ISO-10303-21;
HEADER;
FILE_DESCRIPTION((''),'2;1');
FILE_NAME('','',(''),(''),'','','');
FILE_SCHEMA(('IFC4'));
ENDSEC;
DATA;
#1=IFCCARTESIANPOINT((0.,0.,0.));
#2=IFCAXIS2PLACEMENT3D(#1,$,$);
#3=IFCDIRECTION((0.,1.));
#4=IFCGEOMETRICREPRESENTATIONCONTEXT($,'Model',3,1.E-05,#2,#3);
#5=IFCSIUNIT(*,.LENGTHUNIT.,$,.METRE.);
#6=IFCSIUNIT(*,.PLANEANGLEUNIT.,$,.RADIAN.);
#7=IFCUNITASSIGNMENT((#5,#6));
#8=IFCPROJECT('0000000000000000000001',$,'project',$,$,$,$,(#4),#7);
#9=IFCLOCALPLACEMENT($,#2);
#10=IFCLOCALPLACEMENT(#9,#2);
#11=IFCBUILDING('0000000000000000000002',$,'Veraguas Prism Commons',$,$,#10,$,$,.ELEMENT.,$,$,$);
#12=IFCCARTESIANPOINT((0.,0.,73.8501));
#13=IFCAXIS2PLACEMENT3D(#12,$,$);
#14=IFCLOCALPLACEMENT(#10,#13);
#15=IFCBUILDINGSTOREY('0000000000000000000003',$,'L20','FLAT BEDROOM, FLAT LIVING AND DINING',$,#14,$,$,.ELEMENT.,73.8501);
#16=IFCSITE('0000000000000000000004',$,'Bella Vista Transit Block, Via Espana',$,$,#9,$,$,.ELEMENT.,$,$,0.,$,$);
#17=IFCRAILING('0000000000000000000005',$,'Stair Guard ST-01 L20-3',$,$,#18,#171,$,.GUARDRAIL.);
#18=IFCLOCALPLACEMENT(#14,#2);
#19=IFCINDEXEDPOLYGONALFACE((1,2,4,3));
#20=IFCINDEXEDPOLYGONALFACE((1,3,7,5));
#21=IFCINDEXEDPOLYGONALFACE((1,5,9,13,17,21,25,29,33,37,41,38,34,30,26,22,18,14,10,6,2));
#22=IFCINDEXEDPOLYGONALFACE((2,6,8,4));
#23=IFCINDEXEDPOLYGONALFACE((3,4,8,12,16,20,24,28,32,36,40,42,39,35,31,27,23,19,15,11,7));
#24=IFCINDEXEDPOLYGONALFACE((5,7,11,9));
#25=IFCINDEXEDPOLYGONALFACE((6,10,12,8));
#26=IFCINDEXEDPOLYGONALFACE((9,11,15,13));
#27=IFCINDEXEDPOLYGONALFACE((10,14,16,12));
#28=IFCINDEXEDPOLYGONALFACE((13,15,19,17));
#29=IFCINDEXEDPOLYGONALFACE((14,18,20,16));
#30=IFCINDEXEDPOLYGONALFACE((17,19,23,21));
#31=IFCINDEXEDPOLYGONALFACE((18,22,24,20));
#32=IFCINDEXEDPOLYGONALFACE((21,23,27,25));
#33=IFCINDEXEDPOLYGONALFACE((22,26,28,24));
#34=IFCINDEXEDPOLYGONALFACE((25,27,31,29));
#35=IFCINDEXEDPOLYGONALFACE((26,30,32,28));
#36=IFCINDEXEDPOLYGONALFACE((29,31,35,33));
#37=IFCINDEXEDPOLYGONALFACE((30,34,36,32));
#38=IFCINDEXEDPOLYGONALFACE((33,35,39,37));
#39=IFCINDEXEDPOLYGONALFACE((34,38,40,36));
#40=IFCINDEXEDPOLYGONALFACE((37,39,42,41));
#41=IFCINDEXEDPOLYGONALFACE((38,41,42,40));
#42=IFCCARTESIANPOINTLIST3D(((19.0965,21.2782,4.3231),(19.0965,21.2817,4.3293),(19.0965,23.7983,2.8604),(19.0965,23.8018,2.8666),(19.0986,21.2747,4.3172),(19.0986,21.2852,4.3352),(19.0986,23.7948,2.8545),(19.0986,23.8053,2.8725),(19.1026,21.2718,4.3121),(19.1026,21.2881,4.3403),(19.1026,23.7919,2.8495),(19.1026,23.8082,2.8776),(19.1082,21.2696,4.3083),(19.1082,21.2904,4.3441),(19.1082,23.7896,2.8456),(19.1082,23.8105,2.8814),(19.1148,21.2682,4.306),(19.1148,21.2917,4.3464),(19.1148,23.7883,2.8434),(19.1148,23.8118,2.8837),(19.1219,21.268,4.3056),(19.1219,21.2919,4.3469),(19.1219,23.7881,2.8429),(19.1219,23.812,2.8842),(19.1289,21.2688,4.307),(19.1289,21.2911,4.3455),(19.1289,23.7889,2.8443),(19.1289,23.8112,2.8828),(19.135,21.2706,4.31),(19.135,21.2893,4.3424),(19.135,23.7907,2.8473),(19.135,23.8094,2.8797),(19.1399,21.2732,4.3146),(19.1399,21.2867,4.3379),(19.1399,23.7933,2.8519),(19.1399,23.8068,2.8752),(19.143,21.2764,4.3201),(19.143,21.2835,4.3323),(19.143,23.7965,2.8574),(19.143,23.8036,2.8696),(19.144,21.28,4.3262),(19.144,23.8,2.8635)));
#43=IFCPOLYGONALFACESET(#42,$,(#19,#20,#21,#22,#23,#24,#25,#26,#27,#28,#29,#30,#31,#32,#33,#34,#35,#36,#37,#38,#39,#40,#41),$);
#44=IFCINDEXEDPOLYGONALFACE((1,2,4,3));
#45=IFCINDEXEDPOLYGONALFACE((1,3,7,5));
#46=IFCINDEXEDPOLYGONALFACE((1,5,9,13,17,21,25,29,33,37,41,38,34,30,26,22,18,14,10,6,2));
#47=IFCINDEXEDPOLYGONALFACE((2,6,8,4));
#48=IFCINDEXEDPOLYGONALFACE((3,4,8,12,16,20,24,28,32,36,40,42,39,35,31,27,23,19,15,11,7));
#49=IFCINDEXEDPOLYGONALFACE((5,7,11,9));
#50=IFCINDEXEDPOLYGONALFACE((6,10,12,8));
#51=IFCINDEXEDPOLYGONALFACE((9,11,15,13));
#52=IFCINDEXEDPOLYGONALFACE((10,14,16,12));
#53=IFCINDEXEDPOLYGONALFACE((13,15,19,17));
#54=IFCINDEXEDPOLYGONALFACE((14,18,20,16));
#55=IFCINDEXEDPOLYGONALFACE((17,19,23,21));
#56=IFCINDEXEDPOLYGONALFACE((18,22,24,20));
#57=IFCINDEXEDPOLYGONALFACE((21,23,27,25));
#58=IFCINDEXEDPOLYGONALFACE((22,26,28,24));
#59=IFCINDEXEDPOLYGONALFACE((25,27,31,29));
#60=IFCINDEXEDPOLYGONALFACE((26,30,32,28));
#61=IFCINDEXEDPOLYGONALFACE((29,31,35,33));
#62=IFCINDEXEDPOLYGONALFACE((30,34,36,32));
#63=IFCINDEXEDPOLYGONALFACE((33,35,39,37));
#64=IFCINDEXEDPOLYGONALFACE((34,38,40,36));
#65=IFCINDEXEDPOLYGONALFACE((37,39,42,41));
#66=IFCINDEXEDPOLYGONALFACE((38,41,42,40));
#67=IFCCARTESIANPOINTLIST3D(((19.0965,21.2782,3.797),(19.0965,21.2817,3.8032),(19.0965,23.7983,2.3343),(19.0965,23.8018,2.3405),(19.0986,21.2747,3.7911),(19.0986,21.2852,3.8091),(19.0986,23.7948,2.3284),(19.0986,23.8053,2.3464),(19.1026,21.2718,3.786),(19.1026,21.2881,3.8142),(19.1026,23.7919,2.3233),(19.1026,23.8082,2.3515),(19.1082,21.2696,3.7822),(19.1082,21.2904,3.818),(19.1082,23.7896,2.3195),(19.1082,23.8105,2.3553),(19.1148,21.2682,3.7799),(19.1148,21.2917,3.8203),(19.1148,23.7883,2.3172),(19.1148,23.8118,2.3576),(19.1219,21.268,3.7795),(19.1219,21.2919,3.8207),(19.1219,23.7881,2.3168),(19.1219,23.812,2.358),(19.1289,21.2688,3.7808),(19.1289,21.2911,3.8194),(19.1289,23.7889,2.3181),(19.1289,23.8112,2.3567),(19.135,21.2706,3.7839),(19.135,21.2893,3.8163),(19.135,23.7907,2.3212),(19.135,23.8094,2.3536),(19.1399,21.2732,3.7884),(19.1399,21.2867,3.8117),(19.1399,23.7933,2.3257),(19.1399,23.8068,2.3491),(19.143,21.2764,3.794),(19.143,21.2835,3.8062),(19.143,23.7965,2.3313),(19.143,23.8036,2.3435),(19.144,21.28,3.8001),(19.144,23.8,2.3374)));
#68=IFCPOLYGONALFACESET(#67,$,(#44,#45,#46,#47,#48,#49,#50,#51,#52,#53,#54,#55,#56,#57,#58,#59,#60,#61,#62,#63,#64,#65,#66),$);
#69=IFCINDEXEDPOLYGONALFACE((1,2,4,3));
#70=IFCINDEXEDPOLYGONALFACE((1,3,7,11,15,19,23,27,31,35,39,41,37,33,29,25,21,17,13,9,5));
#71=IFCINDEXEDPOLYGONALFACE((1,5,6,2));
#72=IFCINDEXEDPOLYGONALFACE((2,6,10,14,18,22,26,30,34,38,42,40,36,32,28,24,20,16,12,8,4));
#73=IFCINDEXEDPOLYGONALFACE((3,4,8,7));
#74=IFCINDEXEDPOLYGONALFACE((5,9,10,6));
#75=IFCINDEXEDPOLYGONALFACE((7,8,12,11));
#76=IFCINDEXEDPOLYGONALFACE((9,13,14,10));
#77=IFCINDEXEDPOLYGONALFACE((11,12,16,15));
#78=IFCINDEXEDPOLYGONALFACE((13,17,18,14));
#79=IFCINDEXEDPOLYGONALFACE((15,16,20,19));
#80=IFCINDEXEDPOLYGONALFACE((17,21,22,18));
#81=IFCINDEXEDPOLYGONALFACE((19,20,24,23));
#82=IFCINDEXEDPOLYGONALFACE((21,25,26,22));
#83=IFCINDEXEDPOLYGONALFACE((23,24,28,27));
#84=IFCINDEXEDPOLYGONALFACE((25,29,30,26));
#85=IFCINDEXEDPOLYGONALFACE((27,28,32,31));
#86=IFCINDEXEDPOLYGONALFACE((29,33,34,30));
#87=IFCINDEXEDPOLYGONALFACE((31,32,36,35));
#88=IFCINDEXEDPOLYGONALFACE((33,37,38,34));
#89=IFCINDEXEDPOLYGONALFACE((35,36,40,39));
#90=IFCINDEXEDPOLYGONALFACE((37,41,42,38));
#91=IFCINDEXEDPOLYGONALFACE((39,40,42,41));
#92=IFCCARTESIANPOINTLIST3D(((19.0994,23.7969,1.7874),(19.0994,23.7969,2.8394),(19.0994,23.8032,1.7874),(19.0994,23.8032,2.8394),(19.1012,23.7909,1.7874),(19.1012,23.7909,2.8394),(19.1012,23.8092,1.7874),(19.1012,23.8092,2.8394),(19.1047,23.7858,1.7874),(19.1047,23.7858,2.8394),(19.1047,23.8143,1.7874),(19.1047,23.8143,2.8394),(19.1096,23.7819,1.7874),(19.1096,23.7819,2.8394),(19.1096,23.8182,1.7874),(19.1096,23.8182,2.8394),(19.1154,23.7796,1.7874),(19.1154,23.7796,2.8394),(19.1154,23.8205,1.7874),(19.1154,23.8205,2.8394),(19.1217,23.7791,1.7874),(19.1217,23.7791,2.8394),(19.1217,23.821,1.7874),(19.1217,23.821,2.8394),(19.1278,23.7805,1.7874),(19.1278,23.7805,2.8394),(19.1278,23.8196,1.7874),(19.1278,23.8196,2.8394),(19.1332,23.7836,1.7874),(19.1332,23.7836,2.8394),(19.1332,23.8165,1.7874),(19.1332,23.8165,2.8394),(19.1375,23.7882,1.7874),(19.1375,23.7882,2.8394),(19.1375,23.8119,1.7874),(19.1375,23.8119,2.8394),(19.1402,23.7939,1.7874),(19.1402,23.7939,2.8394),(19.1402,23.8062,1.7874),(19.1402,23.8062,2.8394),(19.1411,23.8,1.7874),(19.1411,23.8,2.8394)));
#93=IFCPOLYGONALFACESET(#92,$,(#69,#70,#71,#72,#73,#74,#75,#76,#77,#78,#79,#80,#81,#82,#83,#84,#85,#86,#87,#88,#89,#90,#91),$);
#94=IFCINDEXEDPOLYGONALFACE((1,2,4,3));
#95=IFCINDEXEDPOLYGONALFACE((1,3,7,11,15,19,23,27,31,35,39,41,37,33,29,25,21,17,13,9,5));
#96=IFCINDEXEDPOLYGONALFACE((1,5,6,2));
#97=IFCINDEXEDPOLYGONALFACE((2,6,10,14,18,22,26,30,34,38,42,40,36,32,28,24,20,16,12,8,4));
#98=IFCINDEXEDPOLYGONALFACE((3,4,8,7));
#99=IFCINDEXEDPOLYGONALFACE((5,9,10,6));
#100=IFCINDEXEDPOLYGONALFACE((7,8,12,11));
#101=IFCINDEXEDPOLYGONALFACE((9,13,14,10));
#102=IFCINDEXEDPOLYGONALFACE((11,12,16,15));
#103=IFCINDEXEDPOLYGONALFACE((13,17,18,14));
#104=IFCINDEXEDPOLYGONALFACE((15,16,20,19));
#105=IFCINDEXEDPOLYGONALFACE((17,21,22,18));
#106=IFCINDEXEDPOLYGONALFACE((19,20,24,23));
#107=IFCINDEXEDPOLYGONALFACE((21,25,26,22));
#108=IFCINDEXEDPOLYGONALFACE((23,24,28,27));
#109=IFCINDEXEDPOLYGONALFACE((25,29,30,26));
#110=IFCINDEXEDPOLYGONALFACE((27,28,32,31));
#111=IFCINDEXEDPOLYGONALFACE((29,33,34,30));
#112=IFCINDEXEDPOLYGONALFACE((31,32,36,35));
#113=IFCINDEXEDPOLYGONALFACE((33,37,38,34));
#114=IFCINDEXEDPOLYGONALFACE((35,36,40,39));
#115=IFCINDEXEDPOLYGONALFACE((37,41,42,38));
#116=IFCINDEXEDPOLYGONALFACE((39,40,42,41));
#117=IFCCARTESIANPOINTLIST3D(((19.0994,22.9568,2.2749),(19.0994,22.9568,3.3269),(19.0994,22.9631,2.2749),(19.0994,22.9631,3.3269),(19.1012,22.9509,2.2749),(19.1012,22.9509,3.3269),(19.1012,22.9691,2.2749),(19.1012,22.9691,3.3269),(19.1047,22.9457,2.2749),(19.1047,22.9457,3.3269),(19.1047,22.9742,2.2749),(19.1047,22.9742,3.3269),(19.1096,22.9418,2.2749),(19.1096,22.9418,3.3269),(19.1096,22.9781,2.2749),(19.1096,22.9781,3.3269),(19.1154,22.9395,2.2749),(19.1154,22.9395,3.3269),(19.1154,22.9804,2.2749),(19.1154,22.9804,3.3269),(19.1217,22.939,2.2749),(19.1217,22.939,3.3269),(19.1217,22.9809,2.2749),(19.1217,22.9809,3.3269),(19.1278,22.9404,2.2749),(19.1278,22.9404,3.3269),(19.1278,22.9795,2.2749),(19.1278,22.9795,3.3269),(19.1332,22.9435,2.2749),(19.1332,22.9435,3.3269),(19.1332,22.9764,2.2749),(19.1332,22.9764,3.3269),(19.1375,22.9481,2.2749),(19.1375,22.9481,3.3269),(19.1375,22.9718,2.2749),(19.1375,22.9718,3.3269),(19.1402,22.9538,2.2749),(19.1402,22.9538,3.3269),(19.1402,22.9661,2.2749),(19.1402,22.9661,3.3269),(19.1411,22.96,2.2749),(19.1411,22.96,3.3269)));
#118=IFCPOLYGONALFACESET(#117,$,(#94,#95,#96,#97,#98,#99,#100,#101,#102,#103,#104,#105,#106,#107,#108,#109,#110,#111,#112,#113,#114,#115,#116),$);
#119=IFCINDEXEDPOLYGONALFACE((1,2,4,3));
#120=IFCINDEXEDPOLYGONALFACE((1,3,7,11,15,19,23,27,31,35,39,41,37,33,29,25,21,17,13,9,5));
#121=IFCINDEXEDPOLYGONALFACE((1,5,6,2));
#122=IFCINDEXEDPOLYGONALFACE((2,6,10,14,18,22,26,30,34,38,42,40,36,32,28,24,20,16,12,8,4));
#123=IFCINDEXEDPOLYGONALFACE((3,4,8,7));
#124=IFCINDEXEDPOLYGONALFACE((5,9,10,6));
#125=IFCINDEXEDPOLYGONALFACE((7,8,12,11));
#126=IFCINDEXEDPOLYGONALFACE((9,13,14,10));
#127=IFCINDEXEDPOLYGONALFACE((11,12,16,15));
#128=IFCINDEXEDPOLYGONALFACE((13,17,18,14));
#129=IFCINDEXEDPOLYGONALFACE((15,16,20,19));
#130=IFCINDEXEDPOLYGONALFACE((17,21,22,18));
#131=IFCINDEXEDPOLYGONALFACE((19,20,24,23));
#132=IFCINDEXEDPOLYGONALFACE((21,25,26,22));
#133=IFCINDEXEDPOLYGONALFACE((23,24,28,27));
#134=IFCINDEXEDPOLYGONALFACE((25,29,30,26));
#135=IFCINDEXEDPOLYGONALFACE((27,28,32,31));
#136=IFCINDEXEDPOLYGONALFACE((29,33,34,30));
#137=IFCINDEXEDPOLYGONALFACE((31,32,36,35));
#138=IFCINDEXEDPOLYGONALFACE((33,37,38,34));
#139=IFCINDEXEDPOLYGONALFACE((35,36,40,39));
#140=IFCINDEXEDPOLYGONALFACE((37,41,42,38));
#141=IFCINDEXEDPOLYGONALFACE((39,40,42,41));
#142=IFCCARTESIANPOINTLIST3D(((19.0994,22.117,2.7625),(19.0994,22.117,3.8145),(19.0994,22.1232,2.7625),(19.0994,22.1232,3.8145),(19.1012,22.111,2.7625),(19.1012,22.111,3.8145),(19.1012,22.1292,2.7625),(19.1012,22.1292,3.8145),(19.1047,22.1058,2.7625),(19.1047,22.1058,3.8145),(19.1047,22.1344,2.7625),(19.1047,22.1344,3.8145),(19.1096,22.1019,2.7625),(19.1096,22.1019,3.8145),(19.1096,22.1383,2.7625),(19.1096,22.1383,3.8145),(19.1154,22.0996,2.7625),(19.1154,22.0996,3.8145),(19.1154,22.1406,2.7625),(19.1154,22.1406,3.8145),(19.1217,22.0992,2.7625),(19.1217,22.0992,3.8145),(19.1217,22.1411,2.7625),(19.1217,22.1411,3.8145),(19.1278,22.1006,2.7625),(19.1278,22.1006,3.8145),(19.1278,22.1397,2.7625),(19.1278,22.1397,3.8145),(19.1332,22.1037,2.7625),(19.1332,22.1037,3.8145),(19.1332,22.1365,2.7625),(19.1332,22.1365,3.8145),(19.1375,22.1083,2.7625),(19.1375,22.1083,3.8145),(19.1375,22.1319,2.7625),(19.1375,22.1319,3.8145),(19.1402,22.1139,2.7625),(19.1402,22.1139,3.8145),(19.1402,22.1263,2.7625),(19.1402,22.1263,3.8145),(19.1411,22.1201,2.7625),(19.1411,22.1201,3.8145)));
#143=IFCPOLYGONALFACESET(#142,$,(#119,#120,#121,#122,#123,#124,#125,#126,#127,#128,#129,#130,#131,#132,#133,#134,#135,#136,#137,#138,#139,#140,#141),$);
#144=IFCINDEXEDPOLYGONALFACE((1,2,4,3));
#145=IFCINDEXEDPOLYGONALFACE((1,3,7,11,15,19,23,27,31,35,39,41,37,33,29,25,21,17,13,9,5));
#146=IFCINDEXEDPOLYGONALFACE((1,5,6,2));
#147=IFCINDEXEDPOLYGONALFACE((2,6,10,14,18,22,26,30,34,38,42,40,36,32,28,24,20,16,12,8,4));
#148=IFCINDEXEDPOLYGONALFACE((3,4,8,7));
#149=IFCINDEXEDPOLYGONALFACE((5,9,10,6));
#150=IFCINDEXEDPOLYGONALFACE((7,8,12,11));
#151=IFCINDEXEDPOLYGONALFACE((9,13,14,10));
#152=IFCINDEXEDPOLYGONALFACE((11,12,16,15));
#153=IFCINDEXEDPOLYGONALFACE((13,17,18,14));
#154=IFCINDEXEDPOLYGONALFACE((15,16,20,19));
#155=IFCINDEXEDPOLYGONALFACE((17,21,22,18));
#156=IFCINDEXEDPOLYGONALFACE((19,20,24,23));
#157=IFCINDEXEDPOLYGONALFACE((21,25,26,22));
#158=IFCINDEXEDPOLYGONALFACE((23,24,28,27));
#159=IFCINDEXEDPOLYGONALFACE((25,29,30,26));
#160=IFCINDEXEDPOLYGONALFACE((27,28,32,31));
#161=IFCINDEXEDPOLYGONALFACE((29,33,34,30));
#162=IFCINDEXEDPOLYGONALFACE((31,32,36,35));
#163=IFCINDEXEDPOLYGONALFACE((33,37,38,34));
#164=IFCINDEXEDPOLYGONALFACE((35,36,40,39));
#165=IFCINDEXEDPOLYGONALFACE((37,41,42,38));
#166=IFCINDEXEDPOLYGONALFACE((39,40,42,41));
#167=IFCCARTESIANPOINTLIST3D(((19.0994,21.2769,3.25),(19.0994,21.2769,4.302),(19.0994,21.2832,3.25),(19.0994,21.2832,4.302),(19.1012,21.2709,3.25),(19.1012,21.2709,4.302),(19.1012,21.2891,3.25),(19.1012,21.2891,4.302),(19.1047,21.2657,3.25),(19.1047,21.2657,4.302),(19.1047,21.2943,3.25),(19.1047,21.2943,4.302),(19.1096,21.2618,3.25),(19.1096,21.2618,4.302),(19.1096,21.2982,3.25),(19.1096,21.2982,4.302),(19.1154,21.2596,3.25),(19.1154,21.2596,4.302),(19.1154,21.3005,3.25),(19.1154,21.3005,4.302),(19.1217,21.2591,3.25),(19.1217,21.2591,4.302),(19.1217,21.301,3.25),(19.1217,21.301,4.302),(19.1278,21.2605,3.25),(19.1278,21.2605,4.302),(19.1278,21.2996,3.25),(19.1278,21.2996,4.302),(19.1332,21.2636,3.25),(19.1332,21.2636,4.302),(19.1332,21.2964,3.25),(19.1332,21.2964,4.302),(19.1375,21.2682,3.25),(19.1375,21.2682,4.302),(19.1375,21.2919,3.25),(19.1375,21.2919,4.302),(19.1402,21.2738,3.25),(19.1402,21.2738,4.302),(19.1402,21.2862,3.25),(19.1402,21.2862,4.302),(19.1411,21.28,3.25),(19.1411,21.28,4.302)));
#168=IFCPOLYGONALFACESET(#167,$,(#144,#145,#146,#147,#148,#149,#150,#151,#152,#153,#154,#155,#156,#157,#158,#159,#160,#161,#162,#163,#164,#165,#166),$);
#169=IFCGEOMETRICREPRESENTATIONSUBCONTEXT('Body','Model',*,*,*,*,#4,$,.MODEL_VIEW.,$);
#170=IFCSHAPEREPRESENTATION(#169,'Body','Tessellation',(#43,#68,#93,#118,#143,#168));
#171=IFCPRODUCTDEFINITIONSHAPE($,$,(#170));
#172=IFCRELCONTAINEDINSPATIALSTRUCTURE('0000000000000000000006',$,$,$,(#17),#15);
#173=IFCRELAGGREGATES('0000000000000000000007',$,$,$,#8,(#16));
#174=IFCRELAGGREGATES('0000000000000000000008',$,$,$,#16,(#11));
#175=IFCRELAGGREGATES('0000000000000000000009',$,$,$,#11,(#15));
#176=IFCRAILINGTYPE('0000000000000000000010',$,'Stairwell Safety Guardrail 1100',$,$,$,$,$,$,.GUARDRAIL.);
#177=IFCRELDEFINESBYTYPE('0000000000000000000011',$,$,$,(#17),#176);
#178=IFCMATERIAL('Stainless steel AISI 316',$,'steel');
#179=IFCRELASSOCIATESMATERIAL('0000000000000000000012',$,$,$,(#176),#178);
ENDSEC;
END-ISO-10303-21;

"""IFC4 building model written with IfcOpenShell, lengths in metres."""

from ifc_helpers import new_model, si_unit, direction, frame, origin, origin_2d, place, context, subcontext, project, spatial, circle, extrude, material, type_object, element, save


model = new_model("IFC4")

# Units and contexts
model_context = context("Model", 3, precision=1e-05, world=origin(), true_north=direction((0.0, 1.0)))
body_context = subcontext(model_context, "Body", "Model", "MODEL_VIEW")
ifc_project = project(units=[si_unit("LENGTHUNIT", "METRE"), si_unit("PLANEANGLEUNIT", "RADIAN")], contexts=[model_context])

# Site, building, storey
site_placement = place(None, origin())
site = spatial("IfcSite", under=ifc_project, at=site_placement, Name="Bella Vista Transit Block, Via Espana", CompositionType="ELEMENT", RefElevation=0.0)
building_placement = place(site_placement, origin())
building = spatial("IfcBuilding", under=site, at=building_placement, Name="Veraguas Prism Commons", CompositionType="ELEMENT")
storey_placement = place(building_placement, frame((0.0, 0.0, 73.8501)))
storey = spatial("IfcBuildingStorey", under=building, at=storey_placement, Name="L20", Description="FLAT BEDROOM, FLAT LIVING AND DINING", CompositionType="ELEMENT", Elevation=73.8501)

# Railing
ifc_material_1 = material(Name="Stainless steel AISI 316", Category="steel")
railing_type_1 = type_object("IfcRailingType", Name="Stairwell Safety Guardrail 1100", PredefinedType="GUARDRAIL", material=ifc_material_1)
railing_1_placement = place(storey_placement, frame((19.1201, 23.8, 1.7874)))
element("IfcRailing", 1, at=railing_1_placement, inside=storey, type_object=railing_type_1, Name="Stair Guard ST-01 L20-3", PredefinedType="GUARDRAIL", context=body_context, shape_type="SweptSolid", body=[
    extrude(circle(Radius=0.0239, at=origin_2d()), frame((0.0, 0.0, 1.0762), z_axis=(0.0, -0.864877, 0.501984), x_axis=(1.0, 0.0, 0.0)), (0.0, 0.0, 1.0), 2.9138),
    extrude(circle(Radius=0.0239, at=origin_2d()), frame((0.0, 0.0, 0.55), z_axis=(0.0, -0.864877, 0.501984), x_axis=(1.0, 0.0, 0.0)), (0.0, 0.0, 1.0), 2.9138),
    extrude(circle(Radius=0.021, at=origin_2d()), origin(), (0.0, 0.0, 1.0), 1.052),
    extrude(circle(Radius=0.021, at=origin_2d()), frame((0.0, -0.8401, 0.4875)), (0.0, 0.0, 1.0), 1.052),
    extrude(circle(Radius=0.021, at=origin_2d()), frame((0.0, -1.6799, 0.9751)), (0.0, 0.0, 1.0), 1.052),
    extrude(circle(Radius=0.021, at=origin_2d()), frame((0.0, -2.52, 1.4626)), (0.0, 0.0, 1.0), 1.052),
])

save(model, "model.ifc")
